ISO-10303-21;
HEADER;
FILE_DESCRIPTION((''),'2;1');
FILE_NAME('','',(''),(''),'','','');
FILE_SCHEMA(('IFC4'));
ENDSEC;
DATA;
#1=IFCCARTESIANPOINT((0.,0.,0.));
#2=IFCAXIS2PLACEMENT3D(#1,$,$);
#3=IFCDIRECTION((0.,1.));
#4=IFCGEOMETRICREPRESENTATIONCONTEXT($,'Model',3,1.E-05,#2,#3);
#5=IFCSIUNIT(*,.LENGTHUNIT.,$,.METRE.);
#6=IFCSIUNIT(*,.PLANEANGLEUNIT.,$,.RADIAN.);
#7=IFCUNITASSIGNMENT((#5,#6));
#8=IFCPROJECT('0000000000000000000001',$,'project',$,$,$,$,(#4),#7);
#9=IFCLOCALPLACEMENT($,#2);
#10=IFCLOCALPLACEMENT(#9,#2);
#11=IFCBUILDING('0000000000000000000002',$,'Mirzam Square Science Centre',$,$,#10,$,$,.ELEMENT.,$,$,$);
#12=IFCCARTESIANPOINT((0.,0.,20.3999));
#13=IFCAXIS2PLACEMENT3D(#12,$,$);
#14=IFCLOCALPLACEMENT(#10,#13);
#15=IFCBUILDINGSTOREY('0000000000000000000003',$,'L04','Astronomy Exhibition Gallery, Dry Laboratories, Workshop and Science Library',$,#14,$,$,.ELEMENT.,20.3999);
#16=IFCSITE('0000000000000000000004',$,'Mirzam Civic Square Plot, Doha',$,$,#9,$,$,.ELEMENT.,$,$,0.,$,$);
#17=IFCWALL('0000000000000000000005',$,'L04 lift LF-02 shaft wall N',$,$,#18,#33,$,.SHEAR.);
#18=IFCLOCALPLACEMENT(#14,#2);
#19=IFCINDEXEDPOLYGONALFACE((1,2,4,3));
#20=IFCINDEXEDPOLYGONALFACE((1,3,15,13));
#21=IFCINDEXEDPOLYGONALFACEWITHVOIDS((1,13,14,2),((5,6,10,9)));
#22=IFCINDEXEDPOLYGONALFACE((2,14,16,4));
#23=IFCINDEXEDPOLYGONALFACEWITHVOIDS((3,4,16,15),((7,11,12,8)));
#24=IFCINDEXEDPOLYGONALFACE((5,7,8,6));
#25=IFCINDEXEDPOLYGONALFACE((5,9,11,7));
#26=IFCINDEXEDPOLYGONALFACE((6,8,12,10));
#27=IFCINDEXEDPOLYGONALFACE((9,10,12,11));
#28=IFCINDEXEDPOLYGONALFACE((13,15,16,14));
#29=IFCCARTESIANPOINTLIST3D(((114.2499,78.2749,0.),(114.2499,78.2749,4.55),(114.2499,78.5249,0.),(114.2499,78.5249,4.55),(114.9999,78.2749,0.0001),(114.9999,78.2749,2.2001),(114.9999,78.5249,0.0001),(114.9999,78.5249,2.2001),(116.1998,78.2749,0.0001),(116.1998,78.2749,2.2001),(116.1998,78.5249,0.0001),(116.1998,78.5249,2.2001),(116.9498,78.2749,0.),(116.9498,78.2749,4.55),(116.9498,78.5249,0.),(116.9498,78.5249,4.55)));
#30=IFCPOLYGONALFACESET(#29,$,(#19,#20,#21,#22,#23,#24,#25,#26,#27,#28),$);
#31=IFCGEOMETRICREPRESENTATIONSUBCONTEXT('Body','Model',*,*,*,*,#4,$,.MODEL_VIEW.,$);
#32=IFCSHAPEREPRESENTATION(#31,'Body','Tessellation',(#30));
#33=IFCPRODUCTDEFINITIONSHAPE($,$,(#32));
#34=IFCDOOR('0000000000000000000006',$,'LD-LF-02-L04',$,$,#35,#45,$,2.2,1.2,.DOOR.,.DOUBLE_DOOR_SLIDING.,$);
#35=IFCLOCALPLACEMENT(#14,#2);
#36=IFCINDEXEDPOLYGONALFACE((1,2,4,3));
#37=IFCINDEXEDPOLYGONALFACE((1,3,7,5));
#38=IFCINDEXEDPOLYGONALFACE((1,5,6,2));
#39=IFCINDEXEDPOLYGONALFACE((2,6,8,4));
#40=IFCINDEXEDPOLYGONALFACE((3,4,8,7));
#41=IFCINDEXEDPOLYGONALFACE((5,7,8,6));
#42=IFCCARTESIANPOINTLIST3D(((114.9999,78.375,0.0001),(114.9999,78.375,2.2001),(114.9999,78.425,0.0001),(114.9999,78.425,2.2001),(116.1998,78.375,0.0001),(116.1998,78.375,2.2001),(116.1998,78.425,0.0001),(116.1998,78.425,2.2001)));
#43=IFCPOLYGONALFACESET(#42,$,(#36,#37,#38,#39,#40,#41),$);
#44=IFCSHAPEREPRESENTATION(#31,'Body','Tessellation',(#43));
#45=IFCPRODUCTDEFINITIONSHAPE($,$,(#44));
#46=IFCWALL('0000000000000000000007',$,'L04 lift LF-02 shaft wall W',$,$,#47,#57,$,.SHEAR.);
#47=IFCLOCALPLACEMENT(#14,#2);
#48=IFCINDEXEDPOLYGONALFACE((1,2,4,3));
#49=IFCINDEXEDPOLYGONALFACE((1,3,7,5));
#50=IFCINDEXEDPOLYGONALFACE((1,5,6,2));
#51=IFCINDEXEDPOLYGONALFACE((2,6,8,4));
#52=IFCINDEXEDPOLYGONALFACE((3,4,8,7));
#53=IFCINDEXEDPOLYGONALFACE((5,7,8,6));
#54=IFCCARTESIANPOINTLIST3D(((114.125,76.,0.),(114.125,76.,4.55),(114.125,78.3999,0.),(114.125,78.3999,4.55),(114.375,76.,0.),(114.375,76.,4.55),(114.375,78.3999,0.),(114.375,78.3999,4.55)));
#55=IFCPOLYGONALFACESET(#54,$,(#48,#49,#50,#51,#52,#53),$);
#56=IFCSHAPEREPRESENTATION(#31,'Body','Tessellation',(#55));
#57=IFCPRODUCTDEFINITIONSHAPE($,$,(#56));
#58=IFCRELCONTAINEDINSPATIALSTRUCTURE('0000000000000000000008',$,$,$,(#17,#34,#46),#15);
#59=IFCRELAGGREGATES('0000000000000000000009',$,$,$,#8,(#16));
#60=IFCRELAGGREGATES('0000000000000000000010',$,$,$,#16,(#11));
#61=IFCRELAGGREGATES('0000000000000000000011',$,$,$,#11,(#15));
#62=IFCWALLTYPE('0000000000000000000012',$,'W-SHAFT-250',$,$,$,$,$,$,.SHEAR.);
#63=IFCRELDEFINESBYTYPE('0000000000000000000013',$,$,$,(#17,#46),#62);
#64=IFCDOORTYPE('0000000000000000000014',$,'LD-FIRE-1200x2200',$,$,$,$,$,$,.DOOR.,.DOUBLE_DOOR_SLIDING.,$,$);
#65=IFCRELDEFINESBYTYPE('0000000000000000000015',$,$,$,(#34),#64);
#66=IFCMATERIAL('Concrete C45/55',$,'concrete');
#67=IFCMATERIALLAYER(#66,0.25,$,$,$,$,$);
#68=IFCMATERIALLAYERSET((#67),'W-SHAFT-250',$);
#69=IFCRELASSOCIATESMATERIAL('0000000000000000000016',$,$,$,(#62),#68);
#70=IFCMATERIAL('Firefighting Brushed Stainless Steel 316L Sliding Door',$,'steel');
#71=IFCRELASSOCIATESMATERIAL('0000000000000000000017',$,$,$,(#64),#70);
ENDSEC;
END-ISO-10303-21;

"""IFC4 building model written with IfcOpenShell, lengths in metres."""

from ifc_helpers import new_model, si_unit, direction, frame, frame_2d, origin, place, context, subcontext, project, spatial, rectangle, extrude, material, layer, layer_set, type_object, element, fill, save


model = new_model("IFC4")

# Units and contexts
model_context = context("Model", 3, precision=1e-05, world=origin(), true_north=direction((0.0, 1.0)))
body_context = subcontext(model_context, "Body", "Model", "MODEL_VIEW")
ifc_project = project(units=[si_unit("LENGTHUNIT", "METRE"), si_unit("PLANEANGLEUNIT", "RADIAN")], contexts=[model_context])

# Site, building, storey
site_placement = place(None, origin())
site = spatial("IfcSite", under=ifc_project, at=site_placement, Name="Mirzam Civic Square Plot, Doha", CompositionType="ELEMENT", RefElevation=0.0)
building_placement = place(site_placement, origin())
building = spatial("IfcBuilding", under=site, at=building_placement, Name="Mirzam Square Science Centre", CompositionType="ELEMENT")
storey_placement = place(building_placement, frame((0.0, 0.0, 20.3999)))
storey = spatial("IfcBuildingStorey", under=building, at=storey_placement, Name="L04", Description="Astronomy Exhibition Gallery, Dry Laboratories, Workshop and Science Library", CompositionType="ELEMENT", Elevation=20.3999)

# Shared definitions
ifc_material_1 = material(Name="Concrete C45/55", Category="concrete")

# Wall, opening, door
ifc_layer_1 = layer(ifc_material_1, 0.25)
ifc_layer_set_1 = layer_set([ifc_layer_1], Name="W-SHAFT-250")
wall_type_1 = type_object("IfcWallType", Name="W-SHAFT-250", PredefinedType="SHEAR", material=ifc_layer_set_1)
wall_1_placement = place(storey_placement, frame((116.95, 78.3999, 0.0), z_axis=(0.0, 0.0, 1.0), x_axis=(-1.0, 0.0, 0.0)))
wall_1 = element("IfcWall", 1, at=wall_1_placement, inside=storey, type_object=wall_type_1, Name="L04 lift LF-02 shaft wall N", PredefinedType="SHEAR", context=body_context, shape_type="SweptSolid", body=[
    extrude(rectangle(XDim=2.7, YDim=0.25, at=frame_2d((1.3501, 0.0))), origin(), (0.0, 0.0, 1.0), 4.55),
])
opening_1_placement = place(wall_1_placement, frame((0.75, 0.0, 0.0)))
opening_1 = element("IfcOpeningElement", 2, at=opening_1_placement, cuts=wall_1, PredefinedType="OPENING", context=body_context, shape_type="SweptSolid", body=[
    extrude(rectangle(XDim=1.2, YDim=2.2, at=frame_2d((0.6001, 1.1001))), frame((0.0, 0.135, 0.0), z_axis=(0.0, -1.0, 0.0), x_axis=(1.0, 0.0, 0.0)), (0.0, 0.0, 1.0), 0.27),
])
ifc_material_2 = material(Name="Firefighting Brushed Stainless Steel 316L Sliding Door", Category="steel")
door_type_1 = type_object("IfcDoorType", Name="LD-FIRE-1200x2200", OperationType="DOUBLE_DOOR_SLIDING", PredefinedType="DOOR", material=ifc_material_2)
door_1_placement = place(opening_1_placement, origin())
door_1 = element("IfcDoor", 3, at=door_1_placement, inside=storey, type_object=door_type_1, Name="LD-LF-02-L04", OperationType="DOUBLE_DOOR_SLIDING", OverallHeight=2.2, OverallWidth=1.2, PredefinedType="DOOR", context=body_context, shape_type="SweptSolid", body=[
    extrude(rectangle(XDim=1.2, YDim=2.2, at=frame_2d((0.6001, 1.1001))), frame((0.0, 0.0249, 0.0), z_axis=(0.0, -1.0, 0.0), x_axis=(1.0, 0.0, 0.0)), (0.0, 0.0, 1.0), 0.05),
])
fill(opening_1, door_1)

# Wall
wall_2_placement = place(storey_placement, frame((114.25, 78.3999, 0.0), z_axis=(0.0, 0.0, 1.0), x_axis=(0.0, -1.0, 0.0)))
element("IfcWall", 4, at=wall_2_placement, inside=storey, type_object=wall_type_1, Name="L04 lift LF-02 shaft wall W", PredefinedType="SHEAR", context=body_context, shape_type="SweptSolid", body=[
    extrude(rectangle(XDim=2.3999, YDim=0.25, at=frame_2d((1.2, 0.0))), origin(), (0.0, 0.0, 1.0), 4.55),
])

save(model, "model.ifc")
